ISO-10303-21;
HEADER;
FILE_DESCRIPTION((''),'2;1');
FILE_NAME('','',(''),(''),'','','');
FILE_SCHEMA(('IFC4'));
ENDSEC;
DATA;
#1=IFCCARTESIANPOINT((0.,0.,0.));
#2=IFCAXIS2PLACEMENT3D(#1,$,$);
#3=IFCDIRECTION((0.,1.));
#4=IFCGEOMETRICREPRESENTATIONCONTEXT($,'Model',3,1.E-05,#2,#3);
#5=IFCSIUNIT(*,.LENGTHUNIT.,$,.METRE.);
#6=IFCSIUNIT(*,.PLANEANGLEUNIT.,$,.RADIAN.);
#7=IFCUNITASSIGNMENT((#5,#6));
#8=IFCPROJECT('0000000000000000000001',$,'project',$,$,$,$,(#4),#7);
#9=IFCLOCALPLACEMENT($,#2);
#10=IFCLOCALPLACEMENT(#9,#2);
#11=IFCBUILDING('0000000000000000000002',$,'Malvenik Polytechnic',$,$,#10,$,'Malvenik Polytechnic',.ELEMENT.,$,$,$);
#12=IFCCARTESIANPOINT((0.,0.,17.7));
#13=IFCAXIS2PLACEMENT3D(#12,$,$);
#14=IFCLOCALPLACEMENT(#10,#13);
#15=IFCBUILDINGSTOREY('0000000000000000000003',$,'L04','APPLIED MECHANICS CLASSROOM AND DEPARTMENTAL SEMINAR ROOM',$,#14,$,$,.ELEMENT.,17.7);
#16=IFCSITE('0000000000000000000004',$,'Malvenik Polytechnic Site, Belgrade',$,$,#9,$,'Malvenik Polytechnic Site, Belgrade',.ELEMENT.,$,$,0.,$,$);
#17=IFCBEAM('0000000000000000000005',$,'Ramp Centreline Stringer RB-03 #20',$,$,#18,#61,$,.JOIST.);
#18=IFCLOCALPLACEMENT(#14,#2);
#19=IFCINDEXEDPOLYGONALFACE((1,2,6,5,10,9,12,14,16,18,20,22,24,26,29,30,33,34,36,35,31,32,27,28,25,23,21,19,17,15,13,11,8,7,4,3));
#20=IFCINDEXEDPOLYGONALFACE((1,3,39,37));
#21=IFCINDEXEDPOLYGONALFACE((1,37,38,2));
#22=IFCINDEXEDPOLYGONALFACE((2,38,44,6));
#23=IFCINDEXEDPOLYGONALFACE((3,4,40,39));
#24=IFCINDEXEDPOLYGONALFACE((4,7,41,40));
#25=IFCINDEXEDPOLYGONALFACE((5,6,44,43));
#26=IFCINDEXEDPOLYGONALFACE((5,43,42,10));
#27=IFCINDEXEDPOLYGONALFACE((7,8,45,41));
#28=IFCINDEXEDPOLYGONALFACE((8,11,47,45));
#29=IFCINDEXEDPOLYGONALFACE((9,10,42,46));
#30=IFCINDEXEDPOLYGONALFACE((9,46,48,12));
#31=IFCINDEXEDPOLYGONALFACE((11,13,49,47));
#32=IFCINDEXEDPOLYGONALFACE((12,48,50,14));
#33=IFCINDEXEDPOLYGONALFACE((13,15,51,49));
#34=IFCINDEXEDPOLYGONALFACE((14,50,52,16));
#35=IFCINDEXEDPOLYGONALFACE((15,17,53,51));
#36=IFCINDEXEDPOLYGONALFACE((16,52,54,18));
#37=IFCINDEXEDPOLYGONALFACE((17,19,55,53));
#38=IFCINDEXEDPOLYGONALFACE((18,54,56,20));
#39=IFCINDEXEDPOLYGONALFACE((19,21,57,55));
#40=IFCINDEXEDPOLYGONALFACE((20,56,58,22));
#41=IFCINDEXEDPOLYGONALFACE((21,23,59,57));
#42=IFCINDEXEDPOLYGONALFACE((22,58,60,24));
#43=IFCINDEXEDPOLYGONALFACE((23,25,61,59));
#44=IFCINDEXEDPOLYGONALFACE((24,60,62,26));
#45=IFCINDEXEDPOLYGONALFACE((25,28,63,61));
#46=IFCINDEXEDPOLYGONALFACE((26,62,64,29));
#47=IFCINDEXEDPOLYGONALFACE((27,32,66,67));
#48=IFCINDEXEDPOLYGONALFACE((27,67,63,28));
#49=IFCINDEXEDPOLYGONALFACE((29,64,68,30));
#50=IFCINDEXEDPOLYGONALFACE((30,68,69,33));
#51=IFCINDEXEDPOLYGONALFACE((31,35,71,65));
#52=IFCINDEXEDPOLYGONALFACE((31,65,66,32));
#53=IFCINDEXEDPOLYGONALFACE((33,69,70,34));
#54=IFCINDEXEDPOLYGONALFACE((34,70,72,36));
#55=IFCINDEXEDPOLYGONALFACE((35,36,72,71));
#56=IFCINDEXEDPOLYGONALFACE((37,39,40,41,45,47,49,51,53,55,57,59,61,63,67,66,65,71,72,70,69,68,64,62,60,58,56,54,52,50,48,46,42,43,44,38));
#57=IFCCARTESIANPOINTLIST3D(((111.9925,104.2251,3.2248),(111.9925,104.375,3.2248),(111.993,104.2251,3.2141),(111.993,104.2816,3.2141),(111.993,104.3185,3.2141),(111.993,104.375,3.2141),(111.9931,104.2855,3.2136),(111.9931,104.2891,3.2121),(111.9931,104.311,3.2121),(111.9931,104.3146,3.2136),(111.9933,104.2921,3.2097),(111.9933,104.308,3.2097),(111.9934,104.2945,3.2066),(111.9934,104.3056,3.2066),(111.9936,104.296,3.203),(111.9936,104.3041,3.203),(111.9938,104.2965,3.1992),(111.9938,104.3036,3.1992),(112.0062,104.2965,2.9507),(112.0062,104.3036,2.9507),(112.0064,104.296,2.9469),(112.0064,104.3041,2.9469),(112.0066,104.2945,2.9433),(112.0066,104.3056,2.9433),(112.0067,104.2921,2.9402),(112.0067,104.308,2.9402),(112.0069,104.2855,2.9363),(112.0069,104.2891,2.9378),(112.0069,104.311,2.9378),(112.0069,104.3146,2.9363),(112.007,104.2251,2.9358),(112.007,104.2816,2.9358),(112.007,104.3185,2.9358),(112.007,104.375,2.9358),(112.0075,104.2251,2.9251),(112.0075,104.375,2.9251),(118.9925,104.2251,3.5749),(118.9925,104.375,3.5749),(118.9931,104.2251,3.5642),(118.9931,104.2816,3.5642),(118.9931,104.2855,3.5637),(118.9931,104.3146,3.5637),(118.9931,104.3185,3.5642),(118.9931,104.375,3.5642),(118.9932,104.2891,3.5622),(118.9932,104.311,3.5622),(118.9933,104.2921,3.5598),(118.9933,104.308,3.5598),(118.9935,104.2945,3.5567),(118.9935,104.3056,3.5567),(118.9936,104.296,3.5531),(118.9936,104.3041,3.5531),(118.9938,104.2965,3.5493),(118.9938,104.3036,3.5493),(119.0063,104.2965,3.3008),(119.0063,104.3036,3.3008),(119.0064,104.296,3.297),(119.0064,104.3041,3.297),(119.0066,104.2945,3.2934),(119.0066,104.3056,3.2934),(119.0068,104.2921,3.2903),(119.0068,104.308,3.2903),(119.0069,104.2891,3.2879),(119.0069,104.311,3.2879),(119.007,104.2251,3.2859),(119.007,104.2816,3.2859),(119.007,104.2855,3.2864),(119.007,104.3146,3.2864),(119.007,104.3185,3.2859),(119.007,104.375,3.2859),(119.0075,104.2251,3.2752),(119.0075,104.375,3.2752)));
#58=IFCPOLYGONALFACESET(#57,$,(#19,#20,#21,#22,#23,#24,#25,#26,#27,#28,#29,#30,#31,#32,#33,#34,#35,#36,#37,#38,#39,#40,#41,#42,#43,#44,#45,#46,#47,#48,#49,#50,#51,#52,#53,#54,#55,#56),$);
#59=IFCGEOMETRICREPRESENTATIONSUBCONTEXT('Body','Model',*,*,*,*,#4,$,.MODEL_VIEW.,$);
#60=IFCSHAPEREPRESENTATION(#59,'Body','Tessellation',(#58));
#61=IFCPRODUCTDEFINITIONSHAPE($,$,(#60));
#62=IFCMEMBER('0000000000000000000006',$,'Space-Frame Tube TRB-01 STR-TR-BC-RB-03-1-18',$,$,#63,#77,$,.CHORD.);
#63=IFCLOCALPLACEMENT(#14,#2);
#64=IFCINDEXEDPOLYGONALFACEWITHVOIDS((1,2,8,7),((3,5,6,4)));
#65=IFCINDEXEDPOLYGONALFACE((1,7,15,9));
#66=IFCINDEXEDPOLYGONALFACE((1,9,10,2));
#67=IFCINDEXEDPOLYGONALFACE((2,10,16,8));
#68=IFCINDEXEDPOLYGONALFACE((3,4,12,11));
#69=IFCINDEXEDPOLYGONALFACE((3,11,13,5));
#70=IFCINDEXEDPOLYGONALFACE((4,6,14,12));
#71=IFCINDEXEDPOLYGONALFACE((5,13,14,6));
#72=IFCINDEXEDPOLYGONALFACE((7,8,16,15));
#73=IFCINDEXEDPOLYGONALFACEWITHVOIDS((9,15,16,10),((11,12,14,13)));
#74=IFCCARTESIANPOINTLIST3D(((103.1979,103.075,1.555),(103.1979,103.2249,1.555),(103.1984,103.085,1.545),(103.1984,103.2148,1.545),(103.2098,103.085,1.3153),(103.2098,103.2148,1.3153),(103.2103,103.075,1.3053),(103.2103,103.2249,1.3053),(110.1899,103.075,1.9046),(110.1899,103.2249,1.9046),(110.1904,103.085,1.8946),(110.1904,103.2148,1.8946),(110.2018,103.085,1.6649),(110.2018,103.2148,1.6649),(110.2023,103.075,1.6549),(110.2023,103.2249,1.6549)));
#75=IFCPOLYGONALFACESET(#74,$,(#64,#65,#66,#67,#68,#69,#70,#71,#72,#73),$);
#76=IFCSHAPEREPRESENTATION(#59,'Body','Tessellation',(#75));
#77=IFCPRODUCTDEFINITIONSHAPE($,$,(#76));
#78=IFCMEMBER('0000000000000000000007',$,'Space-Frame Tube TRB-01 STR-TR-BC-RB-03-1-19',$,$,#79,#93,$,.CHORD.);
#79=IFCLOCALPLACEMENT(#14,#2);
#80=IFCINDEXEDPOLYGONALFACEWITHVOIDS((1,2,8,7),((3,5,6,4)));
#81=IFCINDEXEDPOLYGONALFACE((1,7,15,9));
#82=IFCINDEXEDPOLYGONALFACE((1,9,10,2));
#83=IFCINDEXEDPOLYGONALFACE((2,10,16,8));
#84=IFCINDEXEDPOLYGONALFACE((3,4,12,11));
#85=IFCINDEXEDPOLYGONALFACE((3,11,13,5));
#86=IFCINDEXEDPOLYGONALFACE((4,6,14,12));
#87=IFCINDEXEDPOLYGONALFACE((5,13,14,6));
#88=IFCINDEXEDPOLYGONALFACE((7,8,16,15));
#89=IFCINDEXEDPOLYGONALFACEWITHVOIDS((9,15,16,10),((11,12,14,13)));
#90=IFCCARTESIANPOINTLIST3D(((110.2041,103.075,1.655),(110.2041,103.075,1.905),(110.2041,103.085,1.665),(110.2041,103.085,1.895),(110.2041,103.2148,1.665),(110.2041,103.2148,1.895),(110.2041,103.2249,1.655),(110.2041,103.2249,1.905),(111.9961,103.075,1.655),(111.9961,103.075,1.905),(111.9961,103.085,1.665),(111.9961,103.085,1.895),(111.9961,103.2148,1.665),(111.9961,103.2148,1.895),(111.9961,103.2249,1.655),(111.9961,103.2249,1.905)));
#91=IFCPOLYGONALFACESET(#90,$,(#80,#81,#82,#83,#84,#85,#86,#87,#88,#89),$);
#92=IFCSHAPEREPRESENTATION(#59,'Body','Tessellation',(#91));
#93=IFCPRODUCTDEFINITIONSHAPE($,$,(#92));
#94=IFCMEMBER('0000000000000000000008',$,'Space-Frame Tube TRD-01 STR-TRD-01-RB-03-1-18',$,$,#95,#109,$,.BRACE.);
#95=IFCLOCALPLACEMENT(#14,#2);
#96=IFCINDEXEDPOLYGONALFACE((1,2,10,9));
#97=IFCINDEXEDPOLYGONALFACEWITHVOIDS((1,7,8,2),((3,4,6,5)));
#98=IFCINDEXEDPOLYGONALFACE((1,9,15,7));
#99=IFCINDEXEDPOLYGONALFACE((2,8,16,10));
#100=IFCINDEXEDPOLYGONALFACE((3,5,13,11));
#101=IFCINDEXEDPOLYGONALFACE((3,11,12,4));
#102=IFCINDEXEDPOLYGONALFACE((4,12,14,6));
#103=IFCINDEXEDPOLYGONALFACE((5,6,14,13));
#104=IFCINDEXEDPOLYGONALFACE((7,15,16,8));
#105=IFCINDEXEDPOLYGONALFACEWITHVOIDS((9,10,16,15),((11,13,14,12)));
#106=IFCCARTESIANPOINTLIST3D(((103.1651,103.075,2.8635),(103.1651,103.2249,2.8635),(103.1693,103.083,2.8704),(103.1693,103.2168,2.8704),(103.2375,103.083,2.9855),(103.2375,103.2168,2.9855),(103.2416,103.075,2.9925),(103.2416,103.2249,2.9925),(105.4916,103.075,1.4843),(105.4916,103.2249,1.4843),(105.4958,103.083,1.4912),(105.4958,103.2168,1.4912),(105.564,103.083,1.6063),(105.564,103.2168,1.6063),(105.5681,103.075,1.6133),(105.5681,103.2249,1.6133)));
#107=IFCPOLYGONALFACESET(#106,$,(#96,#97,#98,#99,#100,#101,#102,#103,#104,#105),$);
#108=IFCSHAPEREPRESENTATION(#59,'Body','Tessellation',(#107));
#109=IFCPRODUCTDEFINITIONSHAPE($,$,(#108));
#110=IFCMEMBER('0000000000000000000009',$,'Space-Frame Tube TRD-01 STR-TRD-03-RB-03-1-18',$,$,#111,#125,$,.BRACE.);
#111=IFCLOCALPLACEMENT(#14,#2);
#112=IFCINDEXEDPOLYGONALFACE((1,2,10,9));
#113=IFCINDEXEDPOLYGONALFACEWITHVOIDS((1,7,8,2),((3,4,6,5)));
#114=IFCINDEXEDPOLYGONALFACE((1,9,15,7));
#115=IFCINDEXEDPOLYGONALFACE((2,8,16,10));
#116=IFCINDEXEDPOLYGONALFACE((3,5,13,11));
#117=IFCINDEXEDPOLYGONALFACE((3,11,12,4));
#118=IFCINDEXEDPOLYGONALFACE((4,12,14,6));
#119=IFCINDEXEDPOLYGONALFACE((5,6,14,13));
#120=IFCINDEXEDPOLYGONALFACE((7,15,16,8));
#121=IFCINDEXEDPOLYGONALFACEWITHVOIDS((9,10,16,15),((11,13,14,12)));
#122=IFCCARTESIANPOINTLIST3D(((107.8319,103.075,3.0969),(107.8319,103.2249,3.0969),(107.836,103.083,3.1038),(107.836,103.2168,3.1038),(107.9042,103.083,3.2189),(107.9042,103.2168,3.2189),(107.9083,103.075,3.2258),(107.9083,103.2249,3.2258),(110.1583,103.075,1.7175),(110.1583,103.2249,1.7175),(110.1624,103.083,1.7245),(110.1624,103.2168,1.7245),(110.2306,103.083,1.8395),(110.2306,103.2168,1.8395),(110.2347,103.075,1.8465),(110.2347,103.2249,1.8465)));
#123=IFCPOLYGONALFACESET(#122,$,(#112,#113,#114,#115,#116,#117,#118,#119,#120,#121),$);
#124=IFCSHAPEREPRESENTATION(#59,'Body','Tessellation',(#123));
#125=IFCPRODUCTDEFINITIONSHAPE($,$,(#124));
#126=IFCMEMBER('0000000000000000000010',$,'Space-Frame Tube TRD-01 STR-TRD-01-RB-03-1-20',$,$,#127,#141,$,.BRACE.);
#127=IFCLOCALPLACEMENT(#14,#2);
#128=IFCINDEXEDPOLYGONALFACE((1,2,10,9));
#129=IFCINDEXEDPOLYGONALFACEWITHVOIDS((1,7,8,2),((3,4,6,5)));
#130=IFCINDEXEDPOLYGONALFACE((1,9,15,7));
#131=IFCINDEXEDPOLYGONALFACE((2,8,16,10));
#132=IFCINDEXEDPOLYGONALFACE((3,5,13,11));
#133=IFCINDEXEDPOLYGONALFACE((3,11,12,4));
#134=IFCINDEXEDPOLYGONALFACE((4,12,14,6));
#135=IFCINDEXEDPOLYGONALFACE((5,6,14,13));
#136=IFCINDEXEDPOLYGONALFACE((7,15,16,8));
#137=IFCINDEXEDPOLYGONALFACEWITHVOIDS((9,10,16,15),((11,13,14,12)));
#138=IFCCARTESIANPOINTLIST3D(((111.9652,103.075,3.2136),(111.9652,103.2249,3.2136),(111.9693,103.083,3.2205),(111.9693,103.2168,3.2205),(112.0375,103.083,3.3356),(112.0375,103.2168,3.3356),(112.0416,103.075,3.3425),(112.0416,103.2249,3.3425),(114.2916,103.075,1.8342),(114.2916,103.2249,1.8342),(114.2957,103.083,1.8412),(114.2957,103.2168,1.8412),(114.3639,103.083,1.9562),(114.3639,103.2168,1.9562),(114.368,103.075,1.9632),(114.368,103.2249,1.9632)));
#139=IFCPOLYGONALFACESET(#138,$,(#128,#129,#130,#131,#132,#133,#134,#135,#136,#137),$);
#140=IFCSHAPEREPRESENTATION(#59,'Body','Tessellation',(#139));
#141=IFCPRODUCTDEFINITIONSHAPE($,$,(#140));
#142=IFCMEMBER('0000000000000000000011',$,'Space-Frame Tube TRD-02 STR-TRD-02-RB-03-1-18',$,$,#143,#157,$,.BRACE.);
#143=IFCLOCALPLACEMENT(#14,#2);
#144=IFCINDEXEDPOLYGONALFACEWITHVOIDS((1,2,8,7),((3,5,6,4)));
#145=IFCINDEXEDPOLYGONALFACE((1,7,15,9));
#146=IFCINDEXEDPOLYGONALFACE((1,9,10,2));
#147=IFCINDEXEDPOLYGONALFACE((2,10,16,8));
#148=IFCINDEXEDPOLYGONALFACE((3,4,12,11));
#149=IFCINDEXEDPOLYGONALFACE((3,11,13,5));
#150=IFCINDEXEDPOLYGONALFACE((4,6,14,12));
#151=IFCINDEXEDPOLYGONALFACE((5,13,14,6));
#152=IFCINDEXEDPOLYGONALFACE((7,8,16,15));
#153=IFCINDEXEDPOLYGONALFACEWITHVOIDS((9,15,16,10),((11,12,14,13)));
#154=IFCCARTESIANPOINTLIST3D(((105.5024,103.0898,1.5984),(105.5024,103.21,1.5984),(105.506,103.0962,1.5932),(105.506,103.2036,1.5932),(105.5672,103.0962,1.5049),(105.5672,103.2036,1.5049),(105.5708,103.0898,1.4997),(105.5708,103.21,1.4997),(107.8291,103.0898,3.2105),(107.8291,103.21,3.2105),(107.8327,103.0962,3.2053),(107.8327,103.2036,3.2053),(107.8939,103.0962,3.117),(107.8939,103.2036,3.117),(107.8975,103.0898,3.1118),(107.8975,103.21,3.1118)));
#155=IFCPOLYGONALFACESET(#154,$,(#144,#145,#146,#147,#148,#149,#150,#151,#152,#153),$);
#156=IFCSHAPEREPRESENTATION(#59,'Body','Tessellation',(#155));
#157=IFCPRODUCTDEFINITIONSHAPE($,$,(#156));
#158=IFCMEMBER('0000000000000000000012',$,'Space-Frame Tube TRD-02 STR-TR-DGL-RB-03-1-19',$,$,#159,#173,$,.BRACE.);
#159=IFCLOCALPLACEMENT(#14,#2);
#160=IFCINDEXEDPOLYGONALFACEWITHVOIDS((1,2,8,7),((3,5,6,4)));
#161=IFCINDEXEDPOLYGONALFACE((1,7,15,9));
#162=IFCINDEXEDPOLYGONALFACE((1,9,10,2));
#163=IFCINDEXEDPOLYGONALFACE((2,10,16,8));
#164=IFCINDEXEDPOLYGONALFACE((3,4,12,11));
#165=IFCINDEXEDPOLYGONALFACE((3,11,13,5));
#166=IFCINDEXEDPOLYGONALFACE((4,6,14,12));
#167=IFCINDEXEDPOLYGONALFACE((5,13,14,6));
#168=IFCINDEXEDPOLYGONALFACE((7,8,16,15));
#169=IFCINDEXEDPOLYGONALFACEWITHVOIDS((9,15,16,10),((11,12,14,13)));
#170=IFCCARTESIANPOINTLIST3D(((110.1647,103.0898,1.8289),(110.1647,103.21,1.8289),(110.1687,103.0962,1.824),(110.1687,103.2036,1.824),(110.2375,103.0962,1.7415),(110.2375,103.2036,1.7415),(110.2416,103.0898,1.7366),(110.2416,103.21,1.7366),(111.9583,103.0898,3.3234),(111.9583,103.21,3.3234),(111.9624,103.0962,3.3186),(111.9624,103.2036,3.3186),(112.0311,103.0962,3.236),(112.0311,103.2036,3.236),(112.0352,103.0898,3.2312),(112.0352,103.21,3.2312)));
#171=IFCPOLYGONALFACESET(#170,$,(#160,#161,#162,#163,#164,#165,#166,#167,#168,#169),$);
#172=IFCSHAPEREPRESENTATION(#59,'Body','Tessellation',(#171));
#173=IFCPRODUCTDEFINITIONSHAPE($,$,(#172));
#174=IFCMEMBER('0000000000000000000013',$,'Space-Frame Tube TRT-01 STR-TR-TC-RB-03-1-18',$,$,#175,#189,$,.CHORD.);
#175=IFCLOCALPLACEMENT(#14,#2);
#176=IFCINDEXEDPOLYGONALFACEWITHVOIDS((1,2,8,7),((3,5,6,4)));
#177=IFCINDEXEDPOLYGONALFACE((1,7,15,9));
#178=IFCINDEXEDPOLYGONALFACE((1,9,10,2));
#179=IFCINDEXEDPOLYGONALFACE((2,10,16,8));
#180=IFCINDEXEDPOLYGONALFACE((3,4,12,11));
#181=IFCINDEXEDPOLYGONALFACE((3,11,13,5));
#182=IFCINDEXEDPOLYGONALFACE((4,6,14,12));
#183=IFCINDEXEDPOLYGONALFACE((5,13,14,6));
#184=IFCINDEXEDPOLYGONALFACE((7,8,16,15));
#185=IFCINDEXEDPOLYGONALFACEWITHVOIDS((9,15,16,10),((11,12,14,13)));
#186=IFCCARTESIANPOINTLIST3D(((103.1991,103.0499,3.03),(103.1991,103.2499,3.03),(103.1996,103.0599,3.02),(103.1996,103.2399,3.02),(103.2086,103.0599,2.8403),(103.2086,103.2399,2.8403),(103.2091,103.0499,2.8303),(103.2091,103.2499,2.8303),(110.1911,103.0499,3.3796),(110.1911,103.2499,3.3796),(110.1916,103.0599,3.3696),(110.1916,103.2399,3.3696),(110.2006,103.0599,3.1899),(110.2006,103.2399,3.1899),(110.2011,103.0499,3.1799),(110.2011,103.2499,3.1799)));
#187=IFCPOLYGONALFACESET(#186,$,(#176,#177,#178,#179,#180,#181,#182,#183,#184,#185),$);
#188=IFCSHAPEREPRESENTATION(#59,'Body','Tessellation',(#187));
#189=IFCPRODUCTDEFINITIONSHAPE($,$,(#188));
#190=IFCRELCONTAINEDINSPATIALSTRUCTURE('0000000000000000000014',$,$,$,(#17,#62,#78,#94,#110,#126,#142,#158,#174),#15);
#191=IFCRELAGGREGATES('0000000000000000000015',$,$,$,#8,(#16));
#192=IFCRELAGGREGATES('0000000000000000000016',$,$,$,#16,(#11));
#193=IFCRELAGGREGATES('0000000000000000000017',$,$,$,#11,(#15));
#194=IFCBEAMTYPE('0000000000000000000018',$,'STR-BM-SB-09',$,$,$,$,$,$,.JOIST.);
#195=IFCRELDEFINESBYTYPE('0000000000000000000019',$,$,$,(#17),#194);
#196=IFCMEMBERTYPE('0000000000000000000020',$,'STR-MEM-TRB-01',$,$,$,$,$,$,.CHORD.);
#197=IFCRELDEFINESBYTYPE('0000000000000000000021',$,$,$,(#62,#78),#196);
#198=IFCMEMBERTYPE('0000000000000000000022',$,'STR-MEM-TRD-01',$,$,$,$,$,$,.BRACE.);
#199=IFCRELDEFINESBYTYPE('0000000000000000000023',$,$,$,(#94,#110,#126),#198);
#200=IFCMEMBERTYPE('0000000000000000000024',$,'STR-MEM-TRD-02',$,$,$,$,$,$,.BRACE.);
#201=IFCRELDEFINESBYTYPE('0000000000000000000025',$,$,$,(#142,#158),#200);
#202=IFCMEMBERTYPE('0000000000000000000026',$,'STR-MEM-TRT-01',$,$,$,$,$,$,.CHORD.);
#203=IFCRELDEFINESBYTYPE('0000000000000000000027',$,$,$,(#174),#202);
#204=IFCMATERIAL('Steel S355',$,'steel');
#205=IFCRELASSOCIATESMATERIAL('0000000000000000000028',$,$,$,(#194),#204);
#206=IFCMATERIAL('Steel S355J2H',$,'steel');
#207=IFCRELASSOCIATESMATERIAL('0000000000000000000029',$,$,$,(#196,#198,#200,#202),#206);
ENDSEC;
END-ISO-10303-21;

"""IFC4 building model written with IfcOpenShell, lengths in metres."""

from ifc_helpers import new_model, si_unit, direction, frame, origin, origin_2d, place, context, subcontext, project, spatial, hollow_rectangle, i_section, extrude, material, material_profile, profile_set, type_object, element, save


model = new_model("IFC4")

# Units and contexts
model_context = context("Model", 3, precision=1e-05, world=origin(), true_north=direction((0.0, 1.0)))
body_context = subcontext(model_context, "Body", "Model", "MODEL_VIEW")
ifc_project = project(units=[si_unit("LENGTHUNIT", "METRE"), si_unit("PLANEANGLEUNIT", "RADIAN")], contexts=[model_context])

# Site, building, storey
site_placement = place(None, origin())
site = spatial("IfcSite", under=ifc_project, at=site_placement, Name="Malvenik Polytechnic Site, Belgrade", LongName="Malvenik Polytechnic Site, Belgrade", CompositionType="ELEMENT", RefElevation=0.0)
building_placement = place(site_placement, origin())
building = spatial("IfcBuilding", under=site, at=building_placement, Name="Malvenik Polytechnic", LongName="Malvenik Polytechnic", CompositionType="ELEMENT")
storey_placement = place(building_placement, frame((0.0, 0.0, 17.7)))
storey = spatial("IfcBuildingStorey", under=building, at=storey_placement, Name="L04", Description="APPLIED MECHANICS CLASSROOM AND DEPARTMENTAL SEMINAR ROOM", CompositionType="ELEMENT", Elevation=17.7)

# Shared definitions
ifc_material_1 = material(Name="Steel S355J2H", Category="steel")

# Beam
ifc_material_2 = material(Name="Steel S355", Category="steel")
ifc_material_profile_1 = material_profile(ifc_material_2, i_section(OverallWidth=0.1499, OverallDepth=0.3, WebThickness=0.0071, FlangeThickness=0.0107, FilletRadius=0.0149, at=origin_2d()), Name="IPE 300")
ifc_profile_set_1 = profile_set([ifc_material_profile_1], Name="Steel S355")
beam_type = type_object("IfcBeamType", Name="STR-BM-SB-09", PredefinedType="JOIST", material=ifc_profile_set_1)
for number, where, z_axis, x_axis, name in (
    (1, (112.0, 104.3, 3.075), (0.998752, 0.0, 0.049952), (0.0, 1.0, 0.0), "Ramp Centreline Stringer RB-03 #20"),
):
    element("IfcBeam", number, at=place(storey_placement, frame(where, z_axis=z_axis, x_axis=x_axis)), inside=storey, type_object=beam_type, Name=name, PredefinedType="JOIST", context=body_context, shape_type="SweptSolid", body=[
        extrude(i_section(OverallWidth=0.1499, OverallDepth=0.3, WebThickness=0.0071, FlangeThickness=0.0107, FilletRadius=0.0149, at=origin_2d()), origin(), (0.0, 0.0, 1.0), 7.0088),
    ])

# Members
ifc_material_profile_2 = material_profile(ifc_material_1, hollow_rectangle(XDim=0.1499, YDim=0.25, WallThickness=0.01, at=origin_2d()), Name="RHS 250x150x10.0")
ifc_profile_set_2 = profile_set([ifc_material_profile_2], Name="Steel S355J2H")
member_type_1 = type_object("IfcMemberType", Name="STR-MEM-TRB-01", PredefinedType="CHORD", material=ifc_profile_set_2)
member_1_placement = place(storey_placement, frame((103.2041, 103.1499, 1.4302), z_axis=(0.998752, 0.0, 0.049939), x_axis=(0.0, 1.0, 0.0)))
element("IfcMember", 2, at=member_1_placement, inside=storey, type_object=member_type_1, Name="Space-Frame Tube TRB-01 STR-TR-BC-RB-03-1-18", PredefinedType="CHORD", context=body_context, shape_type="SweptSolid", body=[
    extrude(hollow_rectangle(XDim=0.1499, YDim=0.25, WallThickness=0.01, at=origin_2d()), origin(), (0.0, 0.0, 1.0), 7.0007),
])
member_2_placement = place(storey_placement, frame((110.2041, 103.1499, 1.78), z_axis=(1.0, 0.0, 0.0), x_axis=(0.0, 1.0, 0.0)))
element("IfcMember", 3, at=member_2_placement, inside=storey, type_object=member_type_1, Name="Space-Frame Tube TRB-01 STR-TR-BC-RB-03-1-19", PredefinedType="CHORD", context=body_context, shape_type="SweptSolid", body=[
    extrude(hollow_rectangle(XDim=0.1499, YDim=0.25, WallThickness=0.01, at=origin_2d()), origin(), (0.0, 0.0, 1.0), 1.792),
])
ifc_material_profile_3 = material_profile(ifc_material_1, hollow_rectangle(XDim=0.1499, YDim=0.1499, WallThickness=0.0081, at=origin_2d()), Name="SHS 150x150x8.0")
ifc_profile_set_3 = profile_set([ifc_material_profile_3], Name="Steel S355J2H")
member_type_2 = type_object("IfcMemberType", Name="STR-MEM-TRD-01", PredefinedType="BRACE", material=ifc_profile_set_3)
for number, where, z_axis, x_axis, name in (
    (4, (103.2034, 103.1499, 2.928), (0.860205, 0.0, -0.509948), (0.0, 1.0, 0.0), "Space-Frame Tube TRD-01 STR-TRD-01-RB-03-1-18"),
    (5, (107.8701, 103.1499, 3.1614), (0.860165, 0.0, -0.510015), (0.0, 1.0, 0.0), "Space-Frame Tube TRD-01 STR-TRD-03-RB-03-1-18"),
    (6, (112.0034, 103.1499, 3.2781), (0.860165, 0.0, -0.510015), (0.0, 1.0, 0.0), "Space-Frame Tube TRD-01 STR-TRD-01-RB-03-1-20"),
):
    element("IfcMember", number, at=place(storey_placement, frame(where, z_axis=z_axis, x_axis=x_axis)), inside=storey, type_object=member_type_2, Name=name, PredefinedType="BRACE", context=body_context, shape_type="SweptSolid", body=[
        extrude(hollow_rectangle(XDim=0.1499, YDim=0.1499, WallThickness=0.0081, at=origin_2d()), origin(), (0.0, 0.0, 1.0), 2.7046),
    ])
ifc_material_profile_4 = material_profile(ifc_material_1, hollow_rectangle(XDim=0.1201, YDim=0.1201, WallThickness=0.0063, at=origin_2d()), Name="SHS 120x120x6.3")
ifc_profile_set_4 = profile_set([ifc_material_profile_4], Name="Steel S355J2H")
member_type_3 = type_object("IfcMemberType", Name="STR-MEM-TRD-02", PredefinedType="BRACE", material=ifc_profile_set_4)
member_3_placement = place(storey_placement, frame((105.5366, 103.1499, 1.5491), z_axis=(0.821978, 0.0, 0.569519), x_axis=(0.0, 1.0, 0.0)))
element("IfcMember", 7, at=member_3_placement, inside=storey, type_object=member_type_3, Name="Space-Frame Tube TRD-02 STR-TRD-02-RB-03-1-18", PredefinedType="BRACE", context=body_context, shape_type="SweptSolid", body=[
    extrude(hollow_rectangle(XDim=0.1201, YDim=0.1201, WallThickness=0.0063, at=origin_2d()), origin(), (0.0, 0.0, 1.0), 2.8306),
])
member_4_placement = place(storey_placement, frame((110.2031, 103.1499, 1.7827), z_axis=(0.768247, 0.0, 0.640154), x_axis=(0.0, 1.0, 0.0)))
element("IfcMember", 8, at=member_4_placement, inside=storey, type_object=member_type_3, Name="Space-Frame Tube TRD-02 STR-TR-DGL-RB-03-1-19", PredefinedType="BRACE", context=body_context, shape_type="SweptSolid", body=[
    extrude(hollow_rectangle(XDim=0.1201, YDim=0.1201, WallThickness=0.0063, at=origin_2d()), origin(), (0.0, 0.0, 1.0), 2.3347),
])
ifc_material_profile_5 = material_profile(ifc_material_1, hollow_rectangle(XDim=0.2, YDim=0.2, WallThickness=0.01, at=origin_2d()), Name="SHS 200x200x10.0")
ifc_profile_set_5 = profile_set([ifc_material_profile_5], Name="Steel S355J2H")
member_type_4 = type_object("IfcMemberType", Name="STR-MEM-TRT-01", PredefinedType="CHORD", material=ifc_profile_set_5)
member_5_placement = place(storey_placement, frame((103.2041, 103.1499, 2.9302), z_axis=(0.998752, 0.0, 0.049939), x_axis=(0.0, 1.0, 0.0)))
element("IfcMember", 9, at=member_5_placement, inside=storey, type_object=member_type_4, Name="Space-Frame Tube TRT-01 STR-TR-TC-RB-03-1-18", PredefinedType="CHORD", context=body_context, shape_type="SweptSolid", body=[
    extrude(hollow_rectangle(XDim=0.2, YDim=0.2, WallThickness=0.01, at=origin_2d()), origin(), (0.0, 0.0, 1.0), 7.0007),
])

save(model, "model.ifc")
